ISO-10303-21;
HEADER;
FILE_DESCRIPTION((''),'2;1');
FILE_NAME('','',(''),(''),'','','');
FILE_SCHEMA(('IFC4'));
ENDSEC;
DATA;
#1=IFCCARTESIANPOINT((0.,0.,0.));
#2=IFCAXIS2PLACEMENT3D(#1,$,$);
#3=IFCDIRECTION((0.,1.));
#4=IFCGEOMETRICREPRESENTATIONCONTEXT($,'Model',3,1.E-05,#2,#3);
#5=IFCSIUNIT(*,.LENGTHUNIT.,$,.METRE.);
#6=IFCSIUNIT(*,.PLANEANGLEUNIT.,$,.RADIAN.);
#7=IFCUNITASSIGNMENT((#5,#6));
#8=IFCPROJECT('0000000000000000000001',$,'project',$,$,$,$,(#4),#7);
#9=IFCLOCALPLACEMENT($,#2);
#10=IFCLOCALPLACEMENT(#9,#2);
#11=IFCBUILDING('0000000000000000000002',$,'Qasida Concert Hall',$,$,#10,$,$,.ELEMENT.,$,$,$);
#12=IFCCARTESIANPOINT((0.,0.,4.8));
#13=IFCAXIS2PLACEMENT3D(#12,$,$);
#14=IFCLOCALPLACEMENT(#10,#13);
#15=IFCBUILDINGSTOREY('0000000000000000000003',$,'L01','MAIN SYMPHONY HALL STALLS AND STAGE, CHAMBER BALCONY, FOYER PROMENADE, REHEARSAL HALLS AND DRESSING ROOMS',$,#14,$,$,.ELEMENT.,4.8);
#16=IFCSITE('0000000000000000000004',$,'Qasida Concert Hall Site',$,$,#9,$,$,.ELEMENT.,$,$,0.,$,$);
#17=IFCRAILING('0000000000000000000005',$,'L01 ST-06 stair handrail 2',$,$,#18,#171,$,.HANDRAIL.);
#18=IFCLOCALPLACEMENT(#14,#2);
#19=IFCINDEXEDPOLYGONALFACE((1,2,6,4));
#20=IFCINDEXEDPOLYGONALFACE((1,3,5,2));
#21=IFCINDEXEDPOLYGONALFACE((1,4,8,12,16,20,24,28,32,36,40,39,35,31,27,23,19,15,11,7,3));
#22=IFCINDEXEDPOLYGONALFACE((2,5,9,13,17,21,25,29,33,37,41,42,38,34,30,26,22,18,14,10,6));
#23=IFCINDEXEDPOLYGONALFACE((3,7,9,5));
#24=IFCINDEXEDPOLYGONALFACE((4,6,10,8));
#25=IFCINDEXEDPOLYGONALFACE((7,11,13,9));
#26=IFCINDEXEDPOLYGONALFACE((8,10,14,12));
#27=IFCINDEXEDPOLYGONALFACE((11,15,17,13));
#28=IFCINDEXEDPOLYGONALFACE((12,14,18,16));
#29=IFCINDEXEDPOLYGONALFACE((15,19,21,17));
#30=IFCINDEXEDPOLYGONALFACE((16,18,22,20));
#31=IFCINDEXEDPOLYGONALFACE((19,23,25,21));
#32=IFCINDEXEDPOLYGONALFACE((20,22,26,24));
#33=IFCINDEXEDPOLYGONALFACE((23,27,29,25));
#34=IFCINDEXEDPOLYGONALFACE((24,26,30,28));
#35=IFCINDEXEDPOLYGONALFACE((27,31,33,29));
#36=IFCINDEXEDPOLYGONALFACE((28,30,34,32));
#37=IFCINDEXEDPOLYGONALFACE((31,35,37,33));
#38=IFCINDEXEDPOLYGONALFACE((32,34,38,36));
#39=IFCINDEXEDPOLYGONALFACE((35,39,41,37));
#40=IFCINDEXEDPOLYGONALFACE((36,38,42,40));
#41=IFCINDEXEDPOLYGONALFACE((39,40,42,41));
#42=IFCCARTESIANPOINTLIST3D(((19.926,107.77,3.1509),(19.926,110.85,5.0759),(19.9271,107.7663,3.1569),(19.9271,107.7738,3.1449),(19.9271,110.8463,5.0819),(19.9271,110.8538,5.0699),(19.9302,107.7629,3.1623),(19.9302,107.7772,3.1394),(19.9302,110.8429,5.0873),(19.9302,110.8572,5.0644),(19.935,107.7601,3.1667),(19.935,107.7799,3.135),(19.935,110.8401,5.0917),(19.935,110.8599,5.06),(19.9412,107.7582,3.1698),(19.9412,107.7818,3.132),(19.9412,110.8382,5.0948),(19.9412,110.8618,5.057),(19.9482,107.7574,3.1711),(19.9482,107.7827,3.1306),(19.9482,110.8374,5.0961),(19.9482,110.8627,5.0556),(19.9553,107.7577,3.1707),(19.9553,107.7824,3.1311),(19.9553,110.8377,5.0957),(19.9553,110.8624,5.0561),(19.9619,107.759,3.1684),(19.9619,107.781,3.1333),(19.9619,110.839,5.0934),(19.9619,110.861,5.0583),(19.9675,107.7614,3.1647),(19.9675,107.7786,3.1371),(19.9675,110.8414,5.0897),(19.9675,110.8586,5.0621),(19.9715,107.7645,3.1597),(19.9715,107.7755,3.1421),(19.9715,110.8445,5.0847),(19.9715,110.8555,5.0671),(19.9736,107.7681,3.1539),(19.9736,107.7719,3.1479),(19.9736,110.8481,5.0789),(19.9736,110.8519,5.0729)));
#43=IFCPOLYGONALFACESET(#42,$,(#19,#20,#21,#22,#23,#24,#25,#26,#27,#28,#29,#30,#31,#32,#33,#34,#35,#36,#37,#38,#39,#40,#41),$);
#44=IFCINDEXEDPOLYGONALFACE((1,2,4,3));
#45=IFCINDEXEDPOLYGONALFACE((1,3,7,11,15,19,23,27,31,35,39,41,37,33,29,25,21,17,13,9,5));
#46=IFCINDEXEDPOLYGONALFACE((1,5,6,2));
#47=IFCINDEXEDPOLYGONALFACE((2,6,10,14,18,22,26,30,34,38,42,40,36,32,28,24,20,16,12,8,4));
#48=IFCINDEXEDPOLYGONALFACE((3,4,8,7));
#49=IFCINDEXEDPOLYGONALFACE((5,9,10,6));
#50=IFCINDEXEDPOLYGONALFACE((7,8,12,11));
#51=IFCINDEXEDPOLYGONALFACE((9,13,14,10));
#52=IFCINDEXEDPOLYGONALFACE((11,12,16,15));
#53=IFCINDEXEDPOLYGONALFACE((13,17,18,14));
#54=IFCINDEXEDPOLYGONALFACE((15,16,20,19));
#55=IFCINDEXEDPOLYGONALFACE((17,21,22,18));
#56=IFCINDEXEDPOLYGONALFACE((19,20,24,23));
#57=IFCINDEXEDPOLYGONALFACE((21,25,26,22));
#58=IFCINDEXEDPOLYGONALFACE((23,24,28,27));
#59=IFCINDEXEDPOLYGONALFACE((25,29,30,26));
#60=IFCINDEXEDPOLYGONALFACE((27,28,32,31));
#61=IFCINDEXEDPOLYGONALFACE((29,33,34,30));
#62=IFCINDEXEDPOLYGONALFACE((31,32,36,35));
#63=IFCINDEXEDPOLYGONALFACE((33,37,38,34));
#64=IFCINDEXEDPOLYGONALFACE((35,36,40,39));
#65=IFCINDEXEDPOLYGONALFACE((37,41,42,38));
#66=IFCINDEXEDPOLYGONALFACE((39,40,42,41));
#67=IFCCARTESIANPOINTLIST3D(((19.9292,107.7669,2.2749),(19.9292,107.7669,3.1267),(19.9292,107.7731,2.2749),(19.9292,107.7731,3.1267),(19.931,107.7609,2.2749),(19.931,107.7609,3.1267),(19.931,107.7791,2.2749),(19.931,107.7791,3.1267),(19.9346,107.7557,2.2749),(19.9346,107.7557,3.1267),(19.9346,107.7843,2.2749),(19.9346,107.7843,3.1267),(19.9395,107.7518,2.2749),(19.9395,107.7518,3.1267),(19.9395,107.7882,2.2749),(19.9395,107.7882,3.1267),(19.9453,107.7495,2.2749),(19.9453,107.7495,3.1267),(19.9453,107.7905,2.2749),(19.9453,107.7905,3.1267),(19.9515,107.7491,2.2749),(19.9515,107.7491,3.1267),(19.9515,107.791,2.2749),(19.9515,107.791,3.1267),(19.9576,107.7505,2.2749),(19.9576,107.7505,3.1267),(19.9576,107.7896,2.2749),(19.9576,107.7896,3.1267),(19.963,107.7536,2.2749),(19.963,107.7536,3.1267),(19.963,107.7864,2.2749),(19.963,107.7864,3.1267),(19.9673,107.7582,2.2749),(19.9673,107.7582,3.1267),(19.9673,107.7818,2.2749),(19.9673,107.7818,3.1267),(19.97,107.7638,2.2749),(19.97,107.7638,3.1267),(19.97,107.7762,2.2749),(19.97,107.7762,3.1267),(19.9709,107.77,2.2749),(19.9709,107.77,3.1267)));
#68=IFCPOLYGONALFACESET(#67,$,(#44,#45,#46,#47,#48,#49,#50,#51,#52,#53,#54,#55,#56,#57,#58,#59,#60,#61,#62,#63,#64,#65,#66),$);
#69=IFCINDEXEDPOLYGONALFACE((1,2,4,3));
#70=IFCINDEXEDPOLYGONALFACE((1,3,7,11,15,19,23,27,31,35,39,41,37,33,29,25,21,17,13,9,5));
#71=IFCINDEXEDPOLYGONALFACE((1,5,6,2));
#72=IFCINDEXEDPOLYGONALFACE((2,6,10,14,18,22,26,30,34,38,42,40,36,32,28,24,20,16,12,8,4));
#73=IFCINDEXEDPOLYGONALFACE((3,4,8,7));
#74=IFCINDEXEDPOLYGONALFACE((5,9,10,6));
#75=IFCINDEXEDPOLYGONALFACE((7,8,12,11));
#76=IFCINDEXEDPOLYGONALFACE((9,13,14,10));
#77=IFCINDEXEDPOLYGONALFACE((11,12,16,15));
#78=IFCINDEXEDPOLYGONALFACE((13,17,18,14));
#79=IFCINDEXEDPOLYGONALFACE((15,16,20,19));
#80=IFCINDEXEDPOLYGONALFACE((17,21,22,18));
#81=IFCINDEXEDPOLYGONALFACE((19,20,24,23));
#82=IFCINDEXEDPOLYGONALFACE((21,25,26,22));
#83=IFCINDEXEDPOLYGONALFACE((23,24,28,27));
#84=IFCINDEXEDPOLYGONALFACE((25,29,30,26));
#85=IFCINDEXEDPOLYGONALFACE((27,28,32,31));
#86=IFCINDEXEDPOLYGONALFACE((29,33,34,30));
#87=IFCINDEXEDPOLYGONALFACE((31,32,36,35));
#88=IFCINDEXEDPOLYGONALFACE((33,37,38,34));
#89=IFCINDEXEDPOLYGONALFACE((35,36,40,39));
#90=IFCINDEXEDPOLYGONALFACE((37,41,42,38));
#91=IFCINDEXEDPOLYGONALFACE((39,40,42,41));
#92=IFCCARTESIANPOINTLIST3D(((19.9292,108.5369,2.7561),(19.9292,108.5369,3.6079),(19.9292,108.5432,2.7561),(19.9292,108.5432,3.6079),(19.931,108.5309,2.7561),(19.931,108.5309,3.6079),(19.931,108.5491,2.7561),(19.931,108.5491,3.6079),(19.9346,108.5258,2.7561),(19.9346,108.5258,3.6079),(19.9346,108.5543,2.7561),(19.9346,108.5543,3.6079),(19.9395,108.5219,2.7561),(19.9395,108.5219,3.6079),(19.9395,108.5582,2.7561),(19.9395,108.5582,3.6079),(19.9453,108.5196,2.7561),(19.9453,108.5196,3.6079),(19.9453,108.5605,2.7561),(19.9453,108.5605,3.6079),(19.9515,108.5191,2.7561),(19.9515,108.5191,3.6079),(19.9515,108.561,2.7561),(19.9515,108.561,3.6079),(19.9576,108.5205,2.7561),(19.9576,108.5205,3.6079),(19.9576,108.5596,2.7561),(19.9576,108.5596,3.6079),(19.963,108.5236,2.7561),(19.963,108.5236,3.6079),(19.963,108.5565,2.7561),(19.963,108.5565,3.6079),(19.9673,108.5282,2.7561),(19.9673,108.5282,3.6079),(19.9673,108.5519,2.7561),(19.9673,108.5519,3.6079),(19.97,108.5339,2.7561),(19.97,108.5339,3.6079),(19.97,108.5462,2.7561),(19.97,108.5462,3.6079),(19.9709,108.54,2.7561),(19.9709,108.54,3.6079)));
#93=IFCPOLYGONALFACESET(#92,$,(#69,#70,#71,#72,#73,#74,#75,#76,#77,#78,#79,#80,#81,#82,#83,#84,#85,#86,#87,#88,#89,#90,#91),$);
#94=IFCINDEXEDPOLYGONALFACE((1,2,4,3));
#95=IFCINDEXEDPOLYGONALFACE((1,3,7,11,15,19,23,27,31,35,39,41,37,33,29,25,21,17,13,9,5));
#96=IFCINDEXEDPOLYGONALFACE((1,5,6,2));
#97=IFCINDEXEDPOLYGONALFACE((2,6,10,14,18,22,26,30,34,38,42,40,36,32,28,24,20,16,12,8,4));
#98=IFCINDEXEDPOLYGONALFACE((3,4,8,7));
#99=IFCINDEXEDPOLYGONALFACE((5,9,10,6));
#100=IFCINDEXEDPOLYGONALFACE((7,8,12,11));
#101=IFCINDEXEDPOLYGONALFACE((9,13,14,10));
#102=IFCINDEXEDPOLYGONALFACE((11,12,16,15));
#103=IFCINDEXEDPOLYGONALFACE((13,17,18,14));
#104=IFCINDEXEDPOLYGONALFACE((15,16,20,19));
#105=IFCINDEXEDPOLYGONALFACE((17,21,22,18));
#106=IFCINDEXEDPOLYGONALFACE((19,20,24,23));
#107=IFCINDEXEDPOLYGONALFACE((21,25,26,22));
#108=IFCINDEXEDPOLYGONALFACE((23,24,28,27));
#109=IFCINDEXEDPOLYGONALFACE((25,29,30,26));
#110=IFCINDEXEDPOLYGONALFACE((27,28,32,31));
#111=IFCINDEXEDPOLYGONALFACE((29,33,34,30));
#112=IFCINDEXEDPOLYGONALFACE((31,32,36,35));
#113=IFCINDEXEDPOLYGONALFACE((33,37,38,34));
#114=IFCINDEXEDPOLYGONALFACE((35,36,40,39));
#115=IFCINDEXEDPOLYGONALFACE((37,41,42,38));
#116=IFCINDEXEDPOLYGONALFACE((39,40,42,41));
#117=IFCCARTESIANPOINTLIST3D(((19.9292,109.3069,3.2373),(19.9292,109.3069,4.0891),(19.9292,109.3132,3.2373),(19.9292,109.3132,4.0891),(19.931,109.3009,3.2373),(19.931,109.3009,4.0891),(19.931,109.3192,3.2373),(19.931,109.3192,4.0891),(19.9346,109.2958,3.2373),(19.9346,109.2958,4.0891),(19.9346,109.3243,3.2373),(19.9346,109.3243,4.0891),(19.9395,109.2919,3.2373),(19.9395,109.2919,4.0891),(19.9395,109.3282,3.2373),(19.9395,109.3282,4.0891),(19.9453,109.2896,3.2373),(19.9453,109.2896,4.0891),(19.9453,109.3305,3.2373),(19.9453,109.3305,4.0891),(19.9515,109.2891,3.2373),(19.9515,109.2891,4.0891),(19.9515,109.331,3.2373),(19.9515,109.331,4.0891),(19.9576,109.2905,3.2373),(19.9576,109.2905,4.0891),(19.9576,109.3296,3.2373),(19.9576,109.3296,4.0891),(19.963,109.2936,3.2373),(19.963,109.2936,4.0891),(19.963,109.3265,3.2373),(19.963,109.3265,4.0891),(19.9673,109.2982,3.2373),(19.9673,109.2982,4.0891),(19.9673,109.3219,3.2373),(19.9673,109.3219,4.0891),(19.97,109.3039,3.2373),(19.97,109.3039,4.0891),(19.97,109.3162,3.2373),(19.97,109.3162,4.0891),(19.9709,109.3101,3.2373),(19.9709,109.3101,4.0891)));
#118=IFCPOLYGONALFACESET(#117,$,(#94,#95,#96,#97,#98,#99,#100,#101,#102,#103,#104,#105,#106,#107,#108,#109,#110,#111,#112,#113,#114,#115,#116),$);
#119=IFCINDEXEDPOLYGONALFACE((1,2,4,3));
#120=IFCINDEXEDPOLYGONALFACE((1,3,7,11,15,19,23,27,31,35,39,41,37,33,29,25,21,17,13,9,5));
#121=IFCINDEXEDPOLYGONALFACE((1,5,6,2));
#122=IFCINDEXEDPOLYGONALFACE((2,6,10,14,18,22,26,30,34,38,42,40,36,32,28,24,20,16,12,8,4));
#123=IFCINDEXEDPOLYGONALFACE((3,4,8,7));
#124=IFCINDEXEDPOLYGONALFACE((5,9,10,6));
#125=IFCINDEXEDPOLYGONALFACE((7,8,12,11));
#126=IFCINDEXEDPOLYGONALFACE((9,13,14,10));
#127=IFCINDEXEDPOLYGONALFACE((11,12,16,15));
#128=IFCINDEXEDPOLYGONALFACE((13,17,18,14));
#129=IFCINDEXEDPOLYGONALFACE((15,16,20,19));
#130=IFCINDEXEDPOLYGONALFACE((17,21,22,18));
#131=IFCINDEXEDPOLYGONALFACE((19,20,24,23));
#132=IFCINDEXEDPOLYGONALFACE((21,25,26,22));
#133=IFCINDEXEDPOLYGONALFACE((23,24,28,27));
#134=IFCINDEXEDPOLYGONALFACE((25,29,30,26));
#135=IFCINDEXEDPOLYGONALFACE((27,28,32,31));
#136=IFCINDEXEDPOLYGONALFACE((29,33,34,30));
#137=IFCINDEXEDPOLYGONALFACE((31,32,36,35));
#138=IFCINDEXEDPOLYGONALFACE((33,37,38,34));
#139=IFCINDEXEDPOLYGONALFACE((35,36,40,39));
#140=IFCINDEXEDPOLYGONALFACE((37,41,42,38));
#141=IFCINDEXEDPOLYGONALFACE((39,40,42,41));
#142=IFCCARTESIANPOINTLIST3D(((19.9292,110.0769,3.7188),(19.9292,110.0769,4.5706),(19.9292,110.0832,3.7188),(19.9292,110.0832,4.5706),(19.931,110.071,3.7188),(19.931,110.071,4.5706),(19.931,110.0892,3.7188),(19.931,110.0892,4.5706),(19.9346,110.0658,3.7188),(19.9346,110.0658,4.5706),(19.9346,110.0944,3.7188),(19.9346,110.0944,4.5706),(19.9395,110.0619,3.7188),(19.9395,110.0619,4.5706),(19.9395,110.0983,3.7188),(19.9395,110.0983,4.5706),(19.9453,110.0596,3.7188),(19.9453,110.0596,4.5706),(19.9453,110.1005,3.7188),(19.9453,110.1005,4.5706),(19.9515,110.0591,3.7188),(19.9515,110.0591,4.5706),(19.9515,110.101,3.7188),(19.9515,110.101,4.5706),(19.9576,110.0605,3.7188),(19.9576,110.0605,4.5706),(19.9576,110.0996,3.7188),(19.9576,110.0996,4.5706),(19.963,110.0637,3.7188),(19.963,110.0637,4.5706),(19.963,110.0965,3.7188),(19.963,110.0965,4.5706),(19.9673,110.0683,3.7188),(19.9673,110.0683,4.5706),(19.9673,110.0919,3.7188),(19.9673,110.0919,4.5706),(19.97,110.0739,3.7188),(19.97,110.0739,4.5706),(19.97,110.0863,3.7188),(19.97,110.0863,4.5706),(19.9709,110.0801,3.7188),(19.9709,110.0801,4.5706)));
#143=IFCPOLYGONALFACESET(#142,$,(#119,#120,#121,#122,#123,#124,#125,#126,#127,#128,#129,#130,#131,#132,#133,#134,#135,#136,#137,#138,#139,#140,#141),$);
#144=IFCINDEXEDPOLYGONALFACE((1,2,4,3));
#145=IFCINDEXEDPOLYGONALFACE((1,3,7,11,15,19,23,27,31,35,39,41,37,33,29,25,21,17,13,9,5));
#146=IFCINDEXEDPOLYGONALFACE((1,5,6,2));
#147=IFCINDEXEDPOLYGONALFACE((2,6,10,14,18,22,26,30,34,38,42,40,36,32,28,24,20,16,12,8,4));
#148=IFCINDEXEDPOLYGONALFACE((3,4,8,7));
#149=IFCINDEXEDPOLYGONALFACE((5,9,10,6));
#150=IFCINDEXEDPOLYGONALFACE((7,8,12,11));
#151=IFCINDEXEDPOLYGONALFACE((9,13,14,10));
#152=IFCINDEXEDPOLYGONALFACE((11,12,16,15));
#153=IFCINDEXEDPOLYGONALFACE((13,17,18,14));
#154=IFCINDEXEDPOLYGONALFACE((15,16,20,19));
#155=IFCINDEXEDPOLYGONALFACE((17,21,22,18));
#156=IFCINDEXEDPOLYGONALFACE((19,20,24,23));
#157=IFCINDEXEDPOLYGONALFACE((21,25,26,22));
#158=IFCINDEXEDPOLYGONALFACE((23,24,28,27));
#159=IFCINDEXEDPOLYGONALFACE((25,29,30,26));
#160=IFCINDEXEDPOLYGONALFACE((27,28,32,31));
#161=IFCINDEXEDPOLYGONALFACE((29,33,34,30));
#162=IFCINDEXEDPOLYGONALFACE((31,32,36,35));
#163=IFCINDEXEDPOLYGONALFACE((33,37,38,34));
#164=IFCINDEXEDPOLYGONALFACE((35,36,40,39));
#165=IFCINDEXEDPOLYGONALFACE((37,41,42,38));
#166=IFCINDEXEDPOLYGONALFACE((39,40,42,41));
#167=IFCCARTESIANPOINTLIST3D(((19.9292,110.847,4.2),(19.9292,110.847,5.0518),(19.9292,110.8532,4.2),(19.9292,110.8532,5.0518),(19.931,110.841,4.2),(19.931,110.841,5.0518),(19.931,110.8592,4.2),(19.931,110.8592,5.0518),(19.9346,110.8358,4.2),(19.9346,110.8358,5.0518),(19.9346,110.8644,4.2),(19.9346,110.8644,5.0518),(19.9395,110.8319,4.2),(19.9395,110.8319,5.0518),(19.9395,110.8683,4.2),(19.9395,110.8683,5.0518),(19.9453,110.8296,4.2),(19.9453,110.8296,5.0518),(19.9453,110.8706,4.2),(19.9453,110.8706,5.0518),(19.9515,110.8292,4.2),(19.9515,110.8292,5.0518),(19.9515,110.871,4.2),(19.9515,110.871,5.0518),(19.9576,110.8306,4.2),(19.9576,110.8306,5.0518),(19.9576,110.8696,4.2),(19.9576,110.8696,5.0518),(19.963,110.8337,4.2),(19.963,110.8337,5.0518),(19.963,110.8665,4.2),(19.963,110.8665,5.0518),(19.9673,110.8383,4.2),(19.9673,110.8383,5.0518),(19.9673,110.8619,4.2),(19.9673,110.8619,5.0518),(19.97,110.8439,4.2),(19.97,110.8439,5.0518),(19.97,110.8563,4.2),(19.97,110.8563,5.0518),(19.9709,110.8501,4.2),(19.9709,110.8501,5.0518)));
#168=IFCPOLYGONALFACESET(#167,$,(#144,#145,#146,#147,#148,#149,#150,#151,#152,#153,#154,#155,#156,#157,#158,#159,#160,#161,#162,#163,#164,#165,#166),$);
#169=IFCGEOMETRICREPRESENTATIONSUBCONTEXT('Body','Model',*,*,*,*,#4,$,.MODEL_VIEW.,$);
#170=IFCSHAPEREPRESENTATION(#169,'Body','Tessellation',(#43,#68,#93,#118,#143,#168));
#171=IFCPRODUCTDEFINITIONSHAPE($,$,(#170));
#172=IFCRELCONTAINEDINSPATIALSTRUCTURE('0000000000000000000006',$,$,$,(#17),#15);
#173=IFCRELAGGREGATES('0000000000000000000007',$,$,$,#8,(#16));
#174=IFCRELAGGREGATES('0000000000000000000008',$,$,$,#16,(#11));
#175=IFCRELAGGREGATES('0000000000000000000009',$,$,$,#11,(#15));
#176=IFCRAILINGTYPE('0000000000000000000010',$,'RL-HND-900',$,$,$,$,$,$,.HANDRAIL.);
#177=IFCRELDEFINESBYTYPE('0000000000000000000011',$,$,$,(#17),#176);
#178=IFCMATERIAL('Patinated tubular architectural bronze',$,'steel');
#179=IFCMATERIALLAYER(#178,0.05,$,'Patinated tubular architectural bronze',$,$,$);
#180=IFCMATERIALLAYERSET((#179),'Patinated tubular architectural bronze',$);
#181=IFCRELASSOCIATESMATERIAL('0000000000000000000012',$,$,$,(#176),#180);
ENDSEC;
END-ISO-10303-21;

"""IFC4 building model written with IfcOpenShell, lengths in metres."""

from ifc_helpers import new_model, si_unit, direction, frame, origin, origin_2d, place, context, subcontext, project, spatial, circle, extrude, material, layer, layer_set, type_object, element, save


model = new_model("IFC4")

# Units and contexts
model_context = context("Model", 3, precision=1e-05, world=origin(), true_north=direction((0.0, 1.0)))
body_context = subcontext(model_context, "Body", "Model", "MODEL_VIEW")
ifc_project = project(units=[si_unit("LENGTHUNIT", "METRE"), si_unit("PLANEANGLEUNIT", "RADIAN")], contexts=[model_context])

# Site, building, storey
site_placement = place(None, origin())
site = spatial("IfcSite", under=ifc_project, at=site_placement, Name="Qasida Concert Hall Site", CompositionType="ELEMENT", RefElevation=0.0)
building_placement = place(site_placement, origin())
building = spatial("IfcBuilding", under=site, at=building_placement, Name="Qasida Concert Hall", CompositionType="ELEMENT")
storey_placement = place(building_placement, frame((0.0, 0.0, 4.8)))
storey = spatial("IfcBuildingStorey", under=building, at=storey_placement, Name="L01", Description="MAIN SYMPHONY HALL STALLS AND STAGE, CHAMBER BALCONY, FOYER PROMENADE, REHEARSAL HALLS AND DRESSING ROOMS", CompositionType="ELEMENT", Elevation=4.8)

# Railing
ifc_material_1 = material(Name="Patinated tubular architectural bronze", Category="steel")
ifc_layer_1 = layer(ifc_material_1, 0.05, Name="Patinated tubular architectural bronze")
ifc_layer_set_1 = layer_set([ifc_layer_1], Name="Patinated tubular architectural bronze")
railing_type_1 = type_object("IfcRailingType", Name="RL-HND-900", PredefinedType="HANDRAIL", material=ifc_layer_set_1)
railing_1_placement = place(storey_placement, frame((19.95, 107.77, 2.2749)))
element("IfcRailing", 1, at=railing_1_placement, inside=storey, type_object=railing_type_1, Name="L01 ST-06 stair handrail 2", PredefinedType="HANDRAIL", context=body_context, shape_type="SweptSolid", body=[
    extrude(circle(Radius=0.0239, at=origin_2d()), frame((0.0, 0.0, 0.876), z_axis=(0.0, 0.847998, 0.529999), x_axis=(-1.0, 0.0, 0.0)), (0.0, 0.0, 1.0), 3.6321),
    extrude(circle(Radius=0.021, at=origin_2d()), origin(), (0.0, 0.0, 1.0), 0.8518),
    extrude(circle(Radius=0.021, at=origin_2d()), frame((0.0, 0.77, 0.4812)), (0.0, 0.0, 1.0), 0.8518),
    extrude(circle(Radius=0.021, at=origin_2d()), frame((0.0, 1.54, 0.9624)), (0.0, 0.0, 1.0), 0.8518),
    extrude(circle(Radius=0.021, at=origin_2d()), frame((0.0, 2.3101, 1.4438)), (0.0, 0.0, 1.0), 0.8518),
    extrude(circle(Radius=0.021, at=origin_2d()), frame((0.0, 3.0801, 1.925)), (0.0, 0.0, 1.0), 0.8518),
])

save(model, "model.ifc")
